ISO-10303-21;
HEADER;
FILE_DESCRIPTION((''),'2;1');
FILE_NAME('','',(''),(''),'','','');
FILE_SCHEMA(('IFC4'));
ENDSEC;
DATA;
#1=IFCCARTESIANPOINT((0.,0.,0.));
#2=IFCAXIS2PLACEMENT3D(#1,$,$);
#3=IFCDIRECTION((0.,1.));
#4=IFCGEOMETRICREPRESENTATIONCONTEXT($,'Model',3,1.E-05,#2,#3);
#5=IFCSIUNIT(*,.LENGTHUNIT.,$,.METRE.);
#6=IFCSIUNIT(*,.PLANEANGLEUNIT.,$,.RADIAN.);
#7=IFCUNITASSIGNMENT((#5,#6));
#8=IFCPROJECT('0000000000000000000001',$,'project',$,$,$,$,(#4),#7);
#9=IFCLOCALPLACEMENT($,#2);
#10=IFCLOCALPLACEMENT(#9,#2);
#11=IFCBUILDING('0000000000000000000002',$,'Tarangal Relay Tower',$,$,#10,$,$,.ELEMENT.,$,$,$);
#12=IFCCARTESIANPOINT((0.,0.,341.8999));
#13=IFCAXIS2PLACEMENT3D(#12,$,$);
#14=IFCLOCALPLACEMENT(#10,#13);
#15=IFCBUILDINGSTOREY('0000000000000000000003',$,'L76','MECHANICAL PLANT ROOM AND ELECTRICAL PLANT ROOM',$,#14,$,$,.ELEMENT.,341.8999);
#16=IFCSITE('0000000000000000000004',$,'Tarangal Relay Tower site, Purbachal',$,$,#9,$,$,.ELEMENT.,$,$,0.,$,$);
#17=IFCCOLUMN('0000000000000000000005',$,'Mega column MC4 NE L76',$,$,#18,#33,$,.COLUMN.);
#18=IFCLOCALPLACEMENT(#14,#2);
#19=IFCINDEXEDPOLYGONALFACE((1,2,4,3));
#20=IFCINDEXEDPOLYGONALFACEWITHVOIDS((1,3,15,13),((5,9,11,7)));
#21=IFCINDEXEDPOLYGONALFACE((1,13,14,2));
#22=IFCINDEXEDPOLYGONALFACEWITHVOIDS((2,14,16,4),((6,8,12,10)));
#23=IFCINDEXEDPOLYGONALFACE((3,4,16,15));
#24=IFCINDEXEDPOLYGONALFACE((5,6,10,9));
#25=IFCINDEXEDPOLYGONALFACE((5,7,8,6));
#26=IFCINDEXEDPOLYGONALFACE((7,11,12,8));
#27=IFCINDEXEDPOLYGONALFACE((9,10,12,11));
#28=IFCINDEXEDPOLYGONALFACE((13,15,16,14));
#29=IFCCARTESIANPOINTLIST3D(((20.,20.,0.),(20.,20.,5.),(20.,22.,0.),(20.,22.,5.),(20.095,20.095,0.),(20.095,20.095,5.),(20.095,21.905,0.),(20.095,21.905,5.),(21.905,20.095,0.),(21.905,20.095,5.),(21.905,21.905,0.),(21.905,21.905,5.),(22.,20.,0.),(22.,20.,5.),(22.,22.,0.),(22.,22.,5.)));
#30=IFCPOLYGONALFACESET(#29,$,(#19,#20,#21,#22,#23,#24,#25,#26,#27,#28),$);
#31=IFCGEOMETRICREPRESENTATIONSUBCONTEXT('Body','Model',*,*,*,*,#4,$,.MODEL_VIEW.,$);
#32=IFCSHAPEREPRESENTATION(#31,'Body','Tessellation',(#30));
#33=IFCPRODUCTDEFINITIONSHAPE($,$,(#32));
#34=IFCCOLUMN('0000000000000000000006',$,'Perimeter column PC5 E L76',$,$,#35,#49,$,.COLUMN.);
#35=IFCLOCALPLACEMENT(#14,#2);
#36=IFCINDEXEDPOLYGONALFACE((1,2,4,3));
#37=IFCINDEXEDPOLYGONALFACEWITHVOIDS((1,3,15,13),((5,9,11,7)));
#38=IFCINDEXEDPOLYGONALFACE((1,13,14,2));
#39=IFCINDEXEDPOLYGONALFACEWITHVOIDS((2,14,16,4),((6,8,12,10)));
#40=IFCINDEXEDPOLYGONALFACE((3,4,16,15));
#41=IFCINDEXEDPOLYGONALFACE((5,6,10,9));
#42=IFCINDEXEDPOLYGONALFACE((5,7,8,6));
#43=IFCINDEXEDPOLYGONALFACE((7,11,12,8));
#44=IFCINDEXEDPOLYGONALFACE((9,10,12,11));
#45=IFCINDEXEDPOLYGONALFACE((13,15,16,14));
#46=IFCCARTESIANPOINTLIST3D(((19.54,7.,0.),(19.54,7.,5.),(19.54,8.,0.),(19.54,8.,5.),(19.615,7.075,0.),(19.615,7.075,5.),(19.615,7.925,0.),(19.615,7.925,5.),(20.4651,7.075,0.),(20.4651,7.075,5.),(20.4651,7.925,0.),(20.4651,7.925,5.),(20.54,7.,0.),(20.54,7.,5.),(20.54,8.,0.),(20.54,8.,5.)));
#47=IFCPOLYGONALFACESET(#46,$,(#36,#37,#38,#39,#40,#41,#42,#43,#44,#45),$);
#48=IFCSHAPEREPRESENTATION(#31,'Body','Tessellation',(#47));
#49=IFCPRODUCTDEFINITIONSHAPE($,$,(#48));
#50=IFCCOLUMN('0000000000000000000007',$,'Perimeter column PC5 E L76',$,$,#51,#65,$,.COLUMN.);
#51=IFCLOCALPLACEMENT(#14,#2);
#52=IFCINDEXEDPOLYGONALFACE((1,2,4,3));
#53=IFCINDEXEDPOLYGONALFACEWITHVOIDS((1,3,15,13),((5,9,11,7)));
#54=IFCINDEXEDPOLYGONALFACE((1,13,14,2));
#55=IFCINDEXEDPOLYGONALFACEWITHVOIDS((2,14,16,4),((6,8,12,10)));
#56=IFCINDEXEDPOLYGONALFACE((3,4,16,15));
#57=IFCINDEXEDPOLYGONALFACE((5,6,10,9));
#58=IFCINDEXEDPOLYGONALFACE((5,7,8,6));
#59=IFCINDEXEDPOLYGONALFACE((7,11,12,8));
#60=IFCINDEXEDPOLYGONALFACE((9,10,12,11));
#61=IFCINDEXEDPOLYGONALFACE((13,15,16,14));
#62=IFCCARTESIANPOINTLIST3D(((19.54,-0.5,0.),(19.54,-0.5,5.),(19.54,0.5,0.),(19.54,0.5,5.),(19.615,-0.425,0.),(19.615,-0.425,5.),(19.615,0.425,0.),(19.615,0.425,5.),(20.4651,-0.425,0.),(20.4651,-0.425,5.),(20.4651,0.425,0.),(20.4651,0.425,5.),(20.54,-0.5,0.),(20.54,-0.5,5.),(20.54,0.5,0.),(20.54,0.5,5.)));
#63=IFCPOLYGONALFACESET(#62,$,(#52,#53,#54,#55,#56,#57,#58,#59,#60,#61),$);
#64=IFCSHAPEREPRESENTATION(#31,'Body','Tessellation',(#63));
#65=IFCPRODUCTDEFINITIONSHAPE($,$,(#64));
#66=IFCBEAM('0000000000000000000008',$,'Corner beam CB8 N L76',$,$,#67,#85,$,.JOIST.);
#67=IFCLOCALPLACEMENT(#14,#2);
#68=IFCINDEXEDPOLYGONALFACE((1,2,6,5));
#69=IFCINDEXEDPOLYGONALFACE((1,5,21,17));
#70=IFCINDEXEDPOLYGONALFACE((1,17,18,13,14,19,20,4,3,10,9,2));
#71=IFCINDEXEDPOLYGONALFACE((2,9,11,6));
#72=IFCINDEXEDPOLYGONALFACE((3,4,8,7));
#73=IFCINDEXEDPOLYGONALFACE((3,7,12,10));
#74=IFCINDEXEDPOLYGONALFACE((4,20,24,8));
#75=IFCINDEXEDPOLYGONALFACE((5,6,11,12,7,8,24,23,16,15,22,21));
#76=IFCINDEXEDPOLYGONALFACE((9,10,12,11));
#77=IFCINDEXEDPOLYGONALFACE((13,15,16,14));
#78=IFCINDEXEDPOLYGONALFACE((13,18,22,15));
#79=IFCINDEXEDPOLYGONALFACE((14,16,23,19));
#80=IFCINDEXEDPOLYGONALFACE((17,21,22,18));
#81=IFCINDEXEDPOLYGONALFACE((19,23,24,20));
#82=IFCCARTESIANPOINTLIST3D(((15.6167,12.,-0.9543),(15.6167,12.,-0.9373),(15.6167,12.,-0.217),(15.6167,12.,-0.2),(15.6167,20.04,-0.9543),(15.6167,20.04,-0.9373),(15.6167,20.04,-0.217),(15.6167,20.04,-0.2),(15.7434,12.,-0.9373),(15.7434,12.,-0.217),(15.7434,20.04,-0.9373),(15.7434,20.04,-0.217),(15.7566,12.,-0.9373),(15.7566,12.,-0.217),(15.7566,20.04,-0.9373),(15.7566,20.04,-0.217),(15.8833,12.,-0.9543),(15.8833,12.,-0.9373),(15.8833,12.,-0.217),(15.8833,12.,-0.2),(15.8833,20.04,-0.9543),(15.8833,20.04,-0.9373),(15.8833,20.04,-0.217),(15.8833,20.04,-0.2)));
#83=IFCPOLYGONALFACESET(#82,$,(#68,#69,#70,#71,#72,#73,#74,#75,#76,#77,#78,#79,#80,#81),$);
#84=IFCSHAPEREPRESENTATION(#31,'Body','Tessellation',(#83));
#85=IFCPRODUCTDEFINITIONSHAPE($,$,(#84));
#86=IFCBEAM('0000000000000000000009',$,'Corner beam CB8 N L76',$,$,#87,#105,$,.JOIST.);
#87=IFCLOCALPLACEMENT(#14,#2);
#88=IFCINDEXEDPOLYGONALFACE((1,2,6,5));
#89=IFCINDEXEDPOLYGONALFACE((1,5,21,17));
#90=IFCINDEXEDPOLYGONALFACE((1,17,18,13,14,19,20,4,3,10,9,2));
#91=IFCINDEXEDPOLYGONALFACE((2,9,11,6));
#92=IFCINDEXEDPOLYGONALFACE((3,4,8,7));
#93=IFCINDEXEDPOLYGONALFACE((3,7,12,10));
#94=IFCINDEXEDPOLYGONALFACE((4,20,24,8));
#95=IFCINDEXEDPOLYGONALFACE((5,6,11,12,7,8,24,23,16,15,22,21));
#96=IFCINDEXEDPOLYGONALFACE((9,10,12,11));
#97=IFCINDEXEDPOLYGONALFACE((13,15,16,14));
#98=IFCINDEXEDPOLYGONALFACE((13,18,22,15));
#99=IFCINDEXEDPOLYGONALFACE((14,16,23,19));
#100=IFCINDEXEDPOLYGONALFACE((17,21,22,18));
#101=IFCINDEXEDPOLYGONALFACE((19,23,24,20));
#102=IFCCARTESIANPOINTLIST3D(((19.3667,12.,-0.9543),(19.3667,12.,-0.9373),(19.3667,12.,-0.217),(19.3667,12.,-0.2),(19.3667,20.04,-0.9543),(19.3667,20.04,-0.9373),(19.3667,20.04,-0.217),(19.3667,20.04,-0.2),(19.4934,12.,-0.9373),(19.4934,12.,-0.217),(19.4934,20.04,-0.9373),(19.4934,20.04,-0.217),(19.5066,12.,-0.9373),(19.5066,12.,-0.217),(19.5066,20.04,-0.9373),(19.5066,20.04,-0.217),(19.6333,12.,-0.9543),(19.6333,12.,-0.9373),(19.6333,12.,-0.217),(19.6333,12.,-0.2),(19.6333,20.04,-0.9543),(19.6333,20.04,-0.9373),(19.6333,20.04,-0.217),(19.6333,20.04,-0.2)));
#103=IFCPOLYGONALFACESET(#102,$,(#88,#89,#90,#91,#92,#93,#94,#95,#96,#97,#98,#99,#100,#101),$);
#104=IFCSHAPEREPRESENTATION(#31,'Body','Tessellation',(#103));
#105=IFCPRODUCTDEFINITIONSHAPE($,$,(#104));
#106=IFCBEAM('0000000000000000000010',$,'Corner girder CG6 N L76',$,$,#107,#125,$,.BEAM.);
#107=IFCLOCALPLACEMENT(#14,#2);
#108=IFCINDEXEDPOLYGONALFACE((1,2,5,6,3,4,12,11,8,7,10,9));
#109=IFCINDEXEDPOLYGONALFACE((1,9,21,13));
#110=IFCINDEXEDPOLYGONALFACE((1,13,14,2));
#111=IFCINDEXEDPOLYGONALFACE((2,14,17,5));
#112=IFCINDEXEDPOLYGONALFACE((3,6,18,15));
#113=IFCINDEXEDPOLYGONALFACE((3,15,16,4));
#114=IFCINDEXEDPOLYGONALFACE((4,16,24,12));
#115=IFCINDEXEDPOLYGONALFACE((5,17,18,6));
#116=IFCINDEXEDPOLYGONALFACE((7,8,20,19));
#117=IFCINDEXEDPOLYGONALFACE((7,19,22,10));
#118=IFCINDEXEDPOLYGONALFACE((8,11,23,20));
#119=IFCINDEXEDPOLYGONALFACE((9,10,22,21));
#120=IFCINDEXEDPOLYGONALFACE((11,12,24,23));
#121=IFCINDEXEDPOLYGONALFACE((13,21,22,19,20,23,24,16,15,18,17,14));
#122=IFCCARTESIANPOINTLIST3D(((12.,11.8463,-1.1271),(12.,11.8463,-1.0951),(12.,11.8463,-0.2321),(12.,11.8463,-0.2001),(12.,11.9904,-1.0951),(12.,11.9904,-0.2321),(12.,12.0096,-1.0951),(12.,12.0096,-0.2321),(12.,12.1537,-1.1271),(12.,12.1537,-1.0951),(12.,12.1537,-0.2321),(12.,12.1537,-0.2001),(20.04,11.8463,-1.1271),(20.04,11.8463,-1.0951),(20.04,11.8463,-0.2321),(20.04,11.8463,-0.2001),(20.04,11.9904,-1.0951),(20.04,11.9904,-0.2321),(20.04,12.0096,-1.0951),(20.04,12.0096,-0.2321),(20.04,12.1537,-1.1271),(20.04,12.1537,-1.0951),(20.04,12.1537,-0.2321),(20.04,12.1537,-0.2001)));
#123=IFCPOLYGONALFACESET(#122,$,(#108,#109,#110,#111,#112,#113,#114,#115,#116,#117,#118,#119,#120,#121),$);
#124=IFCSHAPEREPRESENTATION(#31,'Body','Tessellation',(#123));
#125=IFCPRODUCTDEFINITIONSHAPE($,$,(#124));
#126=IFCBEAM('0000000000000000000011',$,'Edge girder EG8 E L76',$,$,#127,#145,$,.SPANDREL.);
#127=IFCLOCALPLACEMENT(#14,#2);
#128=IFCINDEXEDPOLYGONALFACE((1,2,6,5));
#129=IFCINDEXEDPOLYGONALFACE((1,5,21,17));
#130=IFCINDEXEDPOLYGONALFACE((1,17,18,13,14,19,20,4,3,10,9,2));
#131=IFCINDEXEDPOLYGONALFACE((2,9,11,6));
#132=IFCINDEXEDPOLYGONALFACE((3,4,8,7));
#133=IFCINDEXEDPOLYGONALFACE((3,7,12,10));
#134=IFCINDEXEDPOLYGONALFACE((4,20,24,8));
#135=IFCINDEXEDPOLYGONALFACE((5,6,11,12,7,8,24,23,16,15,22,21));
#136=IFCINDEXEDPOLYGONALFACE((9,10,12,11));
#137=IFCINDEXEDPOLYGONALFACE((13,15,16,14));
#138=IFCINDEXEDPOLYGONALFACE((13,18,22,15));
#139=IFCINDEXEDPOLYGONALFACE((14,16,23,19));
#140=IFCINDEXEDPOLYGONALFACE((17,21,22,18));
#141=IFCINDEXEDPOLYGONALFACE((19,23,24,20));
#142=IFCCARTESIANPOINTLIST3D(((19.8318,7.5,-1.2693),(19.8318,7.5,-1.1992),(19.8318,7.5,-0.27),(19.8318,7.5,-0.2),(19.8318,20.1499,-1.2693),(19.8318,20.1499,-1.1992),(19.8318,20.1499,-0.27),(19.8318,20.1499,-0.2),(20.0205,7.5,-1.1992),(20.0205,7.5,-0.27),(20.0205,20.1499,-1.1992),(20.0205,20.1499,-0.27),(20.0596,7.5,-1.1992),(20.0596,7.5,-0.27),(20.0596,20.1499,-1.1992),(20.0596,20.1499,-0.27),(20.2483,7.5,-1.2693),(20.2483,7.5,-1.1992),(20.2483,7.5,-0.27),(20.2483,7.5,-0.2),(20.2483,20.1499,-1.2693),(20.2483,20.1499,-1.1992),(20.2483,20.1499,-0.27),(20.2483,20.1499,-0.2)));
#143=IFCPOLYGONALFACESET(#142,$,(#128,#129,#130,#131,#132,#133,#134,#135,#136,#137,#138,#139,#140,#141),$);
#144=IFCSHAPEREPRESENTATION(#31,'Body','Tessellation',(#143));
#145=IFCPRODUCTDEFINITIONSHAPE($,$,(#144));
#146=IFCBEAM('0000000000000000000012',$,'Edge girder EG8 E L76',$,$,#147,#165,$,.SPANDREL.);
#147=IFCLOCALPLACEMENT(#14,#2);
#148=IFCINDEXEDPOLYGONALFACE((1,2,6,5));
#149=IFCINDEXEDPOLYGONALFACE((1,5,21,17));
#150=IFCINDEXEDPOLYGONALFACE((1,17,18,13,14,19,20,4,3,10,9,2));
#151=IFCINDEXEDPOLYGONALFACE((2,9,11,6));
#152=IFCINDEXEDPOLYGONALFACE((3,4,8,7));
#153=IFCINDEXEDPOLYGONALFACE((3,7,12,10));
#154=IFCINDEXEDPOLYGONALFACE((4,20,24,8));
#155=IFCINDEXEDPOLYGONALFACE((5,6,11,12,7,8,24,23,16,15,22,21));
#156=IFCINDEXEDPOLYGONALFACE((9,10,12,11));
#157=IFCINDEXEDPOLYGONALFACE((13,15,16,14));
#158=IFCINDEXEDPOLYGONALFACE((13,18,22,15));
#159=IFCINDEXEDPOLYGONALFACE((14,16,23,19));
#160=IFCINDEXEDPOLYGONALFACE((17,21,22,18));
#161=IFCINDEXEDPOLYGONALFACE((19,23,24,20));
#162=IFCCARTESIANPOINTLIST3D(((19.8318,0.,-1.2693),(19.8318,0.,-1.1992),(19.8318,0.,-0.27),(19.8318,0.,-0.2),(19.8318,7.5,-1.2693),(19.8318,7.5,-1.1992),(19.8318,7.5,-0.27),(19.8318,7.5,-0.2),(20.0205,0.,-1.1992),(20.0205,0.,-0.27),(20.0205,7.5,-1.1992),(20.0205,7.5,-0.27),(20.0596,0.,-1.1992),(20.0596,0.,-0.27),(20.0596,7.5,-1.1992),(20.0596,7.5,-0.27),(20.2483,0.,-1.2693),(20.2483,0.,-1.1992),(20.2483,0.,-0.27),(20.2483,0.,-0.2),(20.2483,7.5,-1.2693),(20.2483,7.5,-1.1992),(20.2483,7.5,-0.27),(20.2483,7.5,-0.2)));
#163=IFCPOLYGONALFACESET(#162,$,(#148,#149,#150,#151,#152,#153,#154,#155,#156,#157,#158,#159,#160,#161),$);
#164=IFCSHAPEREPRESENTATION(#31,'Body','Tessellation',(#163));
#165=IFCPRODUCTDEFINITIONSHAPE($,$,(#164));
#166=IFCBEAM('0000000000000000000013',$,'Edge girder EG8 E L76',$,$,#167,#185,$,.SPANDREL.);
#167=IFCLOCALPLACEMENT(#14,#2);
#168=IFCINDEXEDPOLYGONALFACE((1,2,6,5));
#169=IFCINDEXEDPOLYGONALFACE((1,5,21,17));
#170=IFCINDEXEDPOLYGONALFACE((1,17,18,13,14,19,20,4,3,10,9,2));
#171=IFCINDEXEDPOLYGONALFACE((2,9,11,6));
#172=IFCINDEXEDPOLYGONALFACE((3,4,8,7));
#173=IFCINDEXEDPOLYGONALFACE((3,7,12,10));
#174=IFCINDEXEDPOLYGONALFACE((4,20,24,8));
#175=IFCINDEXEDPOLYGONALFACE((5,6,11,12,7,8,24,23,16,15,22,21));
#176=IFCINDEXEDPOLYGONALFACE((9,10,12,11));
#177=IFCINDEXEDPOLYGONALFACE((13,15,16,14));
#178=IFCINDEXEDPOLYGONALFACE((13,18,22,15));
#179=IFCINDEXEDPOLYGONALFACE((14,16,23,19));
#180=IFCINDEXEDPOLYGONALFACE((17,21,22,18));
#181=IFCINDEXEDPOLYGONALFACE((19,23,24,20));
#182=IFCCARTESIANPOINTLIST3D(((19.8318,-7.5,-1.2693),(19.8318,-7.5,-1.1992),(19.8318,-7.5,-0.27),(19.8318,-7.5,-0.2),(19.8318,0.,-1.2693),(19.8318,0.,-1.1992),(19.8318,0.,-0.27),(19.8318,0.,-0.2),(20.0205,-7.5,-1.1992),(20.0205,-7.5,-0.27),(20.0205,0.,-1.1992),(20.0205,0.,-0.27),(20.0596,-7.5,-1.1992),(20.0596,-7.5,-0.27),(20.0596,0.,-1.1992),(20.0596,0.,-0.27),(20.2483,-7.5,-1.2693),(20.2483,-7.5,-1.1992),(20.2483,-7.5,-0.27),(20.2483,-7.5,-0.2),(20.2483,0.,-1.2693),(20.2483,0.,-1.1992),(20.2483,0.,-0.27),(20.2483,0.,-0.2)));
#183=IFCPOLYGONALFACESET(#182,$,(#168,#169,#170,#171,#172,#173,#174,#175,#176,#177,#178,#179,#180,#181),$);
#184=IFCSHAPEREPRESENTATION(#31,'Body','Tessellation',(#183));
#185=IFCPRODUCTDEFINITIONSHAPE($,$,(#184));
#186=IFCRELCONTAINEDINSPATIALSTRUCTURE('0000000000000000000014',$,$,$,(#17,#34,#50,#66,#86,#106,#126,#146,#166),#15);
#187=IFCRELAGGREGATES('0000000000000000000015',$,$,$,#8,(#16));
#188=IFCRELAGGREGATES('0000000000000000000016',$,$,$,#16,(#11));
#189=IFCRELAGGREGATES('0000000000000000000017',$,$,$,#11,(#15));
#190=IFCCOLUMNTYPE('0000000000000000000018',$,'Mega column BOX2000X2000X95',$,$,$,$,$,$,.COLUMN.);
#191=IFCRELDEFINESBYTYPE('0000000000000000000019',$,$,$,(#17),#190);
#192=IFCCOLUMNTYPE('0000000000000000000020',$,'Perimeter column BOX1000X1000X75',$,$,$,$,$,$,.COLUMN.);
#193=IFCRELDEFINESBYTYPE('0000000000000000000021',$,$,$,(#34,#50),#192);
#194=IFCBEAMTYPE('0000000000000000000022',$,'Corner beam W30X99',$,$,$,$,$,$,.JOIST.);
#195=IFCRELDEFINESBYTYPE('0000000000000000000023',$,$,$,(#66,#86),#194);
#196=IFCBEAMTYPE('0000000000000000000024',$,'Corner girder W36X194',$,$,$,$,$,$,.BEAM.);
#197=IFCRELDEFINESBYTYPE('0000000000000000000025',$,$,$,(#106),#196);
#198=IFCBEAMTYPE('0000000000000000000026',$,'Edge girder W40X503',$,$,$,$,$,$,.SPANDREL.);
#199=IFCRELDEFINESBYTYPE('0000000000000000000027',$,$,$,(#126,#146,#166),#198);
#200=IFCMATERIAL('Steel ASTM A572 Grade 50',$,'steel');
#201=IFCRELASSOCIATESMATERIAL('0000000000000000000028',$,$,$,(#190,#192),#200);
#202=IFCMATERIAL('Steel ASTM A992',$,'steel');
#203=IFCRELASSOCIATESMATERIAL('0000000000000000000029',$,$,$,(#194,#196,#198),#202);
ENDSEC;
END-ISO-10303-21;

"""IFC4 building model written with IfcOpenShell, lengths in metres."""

from ifc_helpers import new_model, si_unit, direction, frame, origin, origin_2d, place, context, subcontext, project, spatial, hollow_rectangle, i_section, extrude, material, material_profile, profile_set, type_object, element, save


model = new_model("IFC4")

# Units and contexts
model_context = context("Model", 3, precision=1e-05, world=origin(), true_north=direction((0.0, 1.0)))
body_context = subcontext(model_context, "Body", "Model", "MODEL_VIEW")
ifc_project = project(units=[si_unit("LENGTHUNIT", "METRE"), si_unit("PLANEANGLEUNIT", "RADIAN")], contexts=[model_context])

# Site, building, storey
site_placement = place(None, origin())
site = spatial("IfcSite", under=ifc_project, at=site_placement, Name="Tarangal Relay Tower site, Purbachal", CompositionType="ELEMENT", RefElevation=0.0)
building_placement = place(site_placement, origin())
building = spatial("IfcBuilding", under=site, at=building_placement, Name="Tarangal Relay Tower", CompositionType="ELEMENT")
storey_placement = place(building_placement, frame((0.0, 0.0, 341.8999)))
storey = spatial("IfcBuildingStorey", under=building, at=storey_placement, Name="L76", Description="MECHANICAL PLANT ROOM AND ELECTRICAL PLANT ROOM", CompositionType="ELEMENT", Elevation=341.8999)

# Columns
ifc_material_1 = material(Name="Steel ASTM A572 Grade 50", Category="steel")
ifc_material_profile_1 = material_profile(ifc_material_1, hollow_rectangle(XDim=2.0, YDim=2.0, WallThickness=0.095, at=origin_2d()), Name="BOX2000X2000X95")
ifc_profile_set_1 = profile_set([ifc_material_profile_1], Name="Steel ASTM A572 Grade 50")
column_type_1 = type_object("IfcColumnType", Name="Mega column BOX2000X2000X95", PredefinedType="COLUMN", material=ifc_profile_set_1)
column_placement = place(storey_placement, frame((21.0, 21.0, 0.0), z_axis=(0.0, 0.0, 1.0), x_axis=(1.0, 0.0, 0.0)))
element("IfcColumn", 1, at=column_placement, inside=storey, type_object=column_type_1, Name="Mega column MC4 NE L76", PredefinedType="COLUMN", context=body_context, shape_type="SweptSolid", body=[
    extrude(hollow_rectangle(XDim=2.0, YDim=2.0, WallThickness=0.095, at=origin_2d()), origin(), (0.0, 0.0, 1.0), 5.0),
])
ifc_material_profile_2 = material_profile(ifc_material_1, hollow_rectangle(XDim=1.0, YDim=1.0, WallThickness=0.075, at=origin_2d()), Name="BOX1000X1000X75")
ifc_profile_set_2 = profile_set([ifc_material_profile_2], Name="Steel ASTM A572 Grade 50")
column_type_2 = type_object("IfcColumnType", Name="Perimeter column BOX1000X1000X75", PredefinedType="COLUMN", material=ifc_profile_set_2)
for number, where, z_axis, x_axis, name in (
    (2, (20.04, 7.5, 0.0), (0.0, 0.0, 1.0), (1.0, 0.0, 0.0), "Perimeter column PC5 E L76"),
    (3, (20.04, 0.0, 0.0), (0.0, 0.0, 1.0), (1.0, 0.0, 0.0), "Perimeter column PC5 E L76"),
):
    element("IfcColumn", number, at=place(storey_placement, frame(where, z_axis=z_axis, x_axis=x_axis)), inside=storey, type_object=column_type_2, Name=name, PredefinedType="COLUMN", context=body_context, shape_type="SweptSolid", body=[
        extrude(hollow_rectangle(XDim=1.0, YDim=1.0, WallThickness=0.075, at=origin_2d()), origin(), (0.0, 0.0, 1.0), 5.0),
    ])

# Beams
ifc_material_2 = material(Name="Steel ASTM A992", Category="steel")
ifc_material_profile_3 = material_profile(ifc_material_2, i_section(OverallWidth=0.2666, OverallDepth=0.7544, WebThickness=0.0132, FlangeThickness=0.0171, at=origin_2d()), Name="W30X99")
ifc_profile_set_3 = profile_set([ifc_material_profile_3], Name="Steel ASTM A992")
beam_type_1 = type_object("IfcBeamType", Name="Corner beam W30X99", PredefinedType="JOIST", material=ifc_profile_set_3)
for number, where, z_axis, x_axis, name in (
    (4, (15.75, 12.0, -0.5771), (0.0, 1.0, 0.0), (-1.0, 0.0, 0.0), "Corner beam CB8 N L76"),
    (5, (19.5, 12.0, -0.5771), (0.0, 1.0, 0.0), (-1.0, 0.0, 0.0), "Corner beam CB8 N L76"),
):
    element("IfcBeam", number, at=place(storey_placement, frame(where, z_axis=z_axis, x_axis=x_axis)), inside=storey, type_object=beam_type_1, Name=name, PredefinedType="JOIST", context=body_context, shape_type="SweptSolid", body=[
        extrude(i_section(OverallWidth=0.2666, OverallDepth=0.7544, WebThickness=0.0132, FlangeThickness=0.0171, at=origin_2d()), origin(), (0.0, 0.0, 1.0), 8.04),
    ])
ifc_material_profile_4 = material_profile(ifc_material_2, i_section(OverallWidth=0.3074, OverallDepth=0.927, WebThickness=0.0193, FlangeThickness=0.032, at=origin_2d()), Name="W36X194")
ifc_profile_set_4 = profile_set([ifc_material_profile_4], Name="Steel ASTM A992")
beam_type_2 = type_object("IfcBeamType", Name="Corner girder W36X194", PredefinedType="BEAM", material=ifc_profile_set_4)
beam_1_placement = place(storey_placement, frame((12.0, 12.0, -0.6636), z_axis=(1.0, 0.0, 0.0), x_axis=(0.0, 1.0, 0.0)))
element("IfcBeam", 6, at=beam_1_placement, inside=storey, type_object=beam_type_2, Name="Corner girder CG6 N L76", PredefinedType="BEAM", context=body_context, shape_type="SweptSolid", body=[
    extrude(i_section(OverallWidth=0.3074, OverallDepth=0.927, WebThickness=0.0193, FlangeThickness=0.032, at=origin_2d()), origin(), (0.0, 0.0, 1.0), 8.04),
])
ifc_material_profile_5 = material_profile(ifc_material_2, i_section(OverallWidth=0.4165, OverallDepth=1.0693, WebThickness=0.0391, FlangeThickness=0.0701, at=origin_2d()), Name="W40X503")
ifc_profile_set_5 = profile_set([ifc_material_profile_5], Name="Steel ASTM A992")
beam_type_3 = type_object("IfcBeamType", Name="Edge girder W40X503", PredefinedType="SPANDREL", material=ifc_profile_set_5)
beam_2_placement = place(storey_placement, frame((20.04, 20.1499, -0.7346), z_axis=(0.0, -1.0, 0.0), x_axis=(1.0, 0.0, 0.0)))
element("IfcBeam", 7, at=beam_2_placement, inside=storey, type_object=beam_type_3, Name="Edge girder EG8 E L76", PredefinedType="SPANDREL", context=body_context, shape_type="SweptSolid", body=[
    extrude(i_section(OverallWidth=0.4165, OverallDepth=1.0693, WebThickness=0.0391, FlangeThickness=0.0701, at=origin_2d()), origin(), (0.0, 0.0, 1.0), 12.6499),
])
for number, where, z_axis, x_axis, name in (
    (8, (20.04, 7.5, -0.7346), (0.0, -1.0, 0.0), (1.0, 0.0, 0.0), "Edge girder EG8 E L76"),
    (9, (20.04, 0.0, -0.7346), (0.0, -1.0, 0.0), (1.0, 0.0, 0.0), "Edge girder EG8 E L76"),
):
    element("IfcBeam", number, at=place(storey_placement, frame(where, z_axis=z_axis, x_axis=x_axis)), inside=storey, type_object=beam_type_3, Name=name, PredefinedType="SPANDREL", context=body_context, shape_type="SweptSolid", body=[
        extrude(i_section(OverallWidth=0.4165, OverallDepth=1.0693, WebThickness=0.0391, FlangeThickness=0.0701, at=origin_2d()), origin(), (0.0, 0.0, 1.0), 7.5),
    ])

save(model, "model.ifc")
